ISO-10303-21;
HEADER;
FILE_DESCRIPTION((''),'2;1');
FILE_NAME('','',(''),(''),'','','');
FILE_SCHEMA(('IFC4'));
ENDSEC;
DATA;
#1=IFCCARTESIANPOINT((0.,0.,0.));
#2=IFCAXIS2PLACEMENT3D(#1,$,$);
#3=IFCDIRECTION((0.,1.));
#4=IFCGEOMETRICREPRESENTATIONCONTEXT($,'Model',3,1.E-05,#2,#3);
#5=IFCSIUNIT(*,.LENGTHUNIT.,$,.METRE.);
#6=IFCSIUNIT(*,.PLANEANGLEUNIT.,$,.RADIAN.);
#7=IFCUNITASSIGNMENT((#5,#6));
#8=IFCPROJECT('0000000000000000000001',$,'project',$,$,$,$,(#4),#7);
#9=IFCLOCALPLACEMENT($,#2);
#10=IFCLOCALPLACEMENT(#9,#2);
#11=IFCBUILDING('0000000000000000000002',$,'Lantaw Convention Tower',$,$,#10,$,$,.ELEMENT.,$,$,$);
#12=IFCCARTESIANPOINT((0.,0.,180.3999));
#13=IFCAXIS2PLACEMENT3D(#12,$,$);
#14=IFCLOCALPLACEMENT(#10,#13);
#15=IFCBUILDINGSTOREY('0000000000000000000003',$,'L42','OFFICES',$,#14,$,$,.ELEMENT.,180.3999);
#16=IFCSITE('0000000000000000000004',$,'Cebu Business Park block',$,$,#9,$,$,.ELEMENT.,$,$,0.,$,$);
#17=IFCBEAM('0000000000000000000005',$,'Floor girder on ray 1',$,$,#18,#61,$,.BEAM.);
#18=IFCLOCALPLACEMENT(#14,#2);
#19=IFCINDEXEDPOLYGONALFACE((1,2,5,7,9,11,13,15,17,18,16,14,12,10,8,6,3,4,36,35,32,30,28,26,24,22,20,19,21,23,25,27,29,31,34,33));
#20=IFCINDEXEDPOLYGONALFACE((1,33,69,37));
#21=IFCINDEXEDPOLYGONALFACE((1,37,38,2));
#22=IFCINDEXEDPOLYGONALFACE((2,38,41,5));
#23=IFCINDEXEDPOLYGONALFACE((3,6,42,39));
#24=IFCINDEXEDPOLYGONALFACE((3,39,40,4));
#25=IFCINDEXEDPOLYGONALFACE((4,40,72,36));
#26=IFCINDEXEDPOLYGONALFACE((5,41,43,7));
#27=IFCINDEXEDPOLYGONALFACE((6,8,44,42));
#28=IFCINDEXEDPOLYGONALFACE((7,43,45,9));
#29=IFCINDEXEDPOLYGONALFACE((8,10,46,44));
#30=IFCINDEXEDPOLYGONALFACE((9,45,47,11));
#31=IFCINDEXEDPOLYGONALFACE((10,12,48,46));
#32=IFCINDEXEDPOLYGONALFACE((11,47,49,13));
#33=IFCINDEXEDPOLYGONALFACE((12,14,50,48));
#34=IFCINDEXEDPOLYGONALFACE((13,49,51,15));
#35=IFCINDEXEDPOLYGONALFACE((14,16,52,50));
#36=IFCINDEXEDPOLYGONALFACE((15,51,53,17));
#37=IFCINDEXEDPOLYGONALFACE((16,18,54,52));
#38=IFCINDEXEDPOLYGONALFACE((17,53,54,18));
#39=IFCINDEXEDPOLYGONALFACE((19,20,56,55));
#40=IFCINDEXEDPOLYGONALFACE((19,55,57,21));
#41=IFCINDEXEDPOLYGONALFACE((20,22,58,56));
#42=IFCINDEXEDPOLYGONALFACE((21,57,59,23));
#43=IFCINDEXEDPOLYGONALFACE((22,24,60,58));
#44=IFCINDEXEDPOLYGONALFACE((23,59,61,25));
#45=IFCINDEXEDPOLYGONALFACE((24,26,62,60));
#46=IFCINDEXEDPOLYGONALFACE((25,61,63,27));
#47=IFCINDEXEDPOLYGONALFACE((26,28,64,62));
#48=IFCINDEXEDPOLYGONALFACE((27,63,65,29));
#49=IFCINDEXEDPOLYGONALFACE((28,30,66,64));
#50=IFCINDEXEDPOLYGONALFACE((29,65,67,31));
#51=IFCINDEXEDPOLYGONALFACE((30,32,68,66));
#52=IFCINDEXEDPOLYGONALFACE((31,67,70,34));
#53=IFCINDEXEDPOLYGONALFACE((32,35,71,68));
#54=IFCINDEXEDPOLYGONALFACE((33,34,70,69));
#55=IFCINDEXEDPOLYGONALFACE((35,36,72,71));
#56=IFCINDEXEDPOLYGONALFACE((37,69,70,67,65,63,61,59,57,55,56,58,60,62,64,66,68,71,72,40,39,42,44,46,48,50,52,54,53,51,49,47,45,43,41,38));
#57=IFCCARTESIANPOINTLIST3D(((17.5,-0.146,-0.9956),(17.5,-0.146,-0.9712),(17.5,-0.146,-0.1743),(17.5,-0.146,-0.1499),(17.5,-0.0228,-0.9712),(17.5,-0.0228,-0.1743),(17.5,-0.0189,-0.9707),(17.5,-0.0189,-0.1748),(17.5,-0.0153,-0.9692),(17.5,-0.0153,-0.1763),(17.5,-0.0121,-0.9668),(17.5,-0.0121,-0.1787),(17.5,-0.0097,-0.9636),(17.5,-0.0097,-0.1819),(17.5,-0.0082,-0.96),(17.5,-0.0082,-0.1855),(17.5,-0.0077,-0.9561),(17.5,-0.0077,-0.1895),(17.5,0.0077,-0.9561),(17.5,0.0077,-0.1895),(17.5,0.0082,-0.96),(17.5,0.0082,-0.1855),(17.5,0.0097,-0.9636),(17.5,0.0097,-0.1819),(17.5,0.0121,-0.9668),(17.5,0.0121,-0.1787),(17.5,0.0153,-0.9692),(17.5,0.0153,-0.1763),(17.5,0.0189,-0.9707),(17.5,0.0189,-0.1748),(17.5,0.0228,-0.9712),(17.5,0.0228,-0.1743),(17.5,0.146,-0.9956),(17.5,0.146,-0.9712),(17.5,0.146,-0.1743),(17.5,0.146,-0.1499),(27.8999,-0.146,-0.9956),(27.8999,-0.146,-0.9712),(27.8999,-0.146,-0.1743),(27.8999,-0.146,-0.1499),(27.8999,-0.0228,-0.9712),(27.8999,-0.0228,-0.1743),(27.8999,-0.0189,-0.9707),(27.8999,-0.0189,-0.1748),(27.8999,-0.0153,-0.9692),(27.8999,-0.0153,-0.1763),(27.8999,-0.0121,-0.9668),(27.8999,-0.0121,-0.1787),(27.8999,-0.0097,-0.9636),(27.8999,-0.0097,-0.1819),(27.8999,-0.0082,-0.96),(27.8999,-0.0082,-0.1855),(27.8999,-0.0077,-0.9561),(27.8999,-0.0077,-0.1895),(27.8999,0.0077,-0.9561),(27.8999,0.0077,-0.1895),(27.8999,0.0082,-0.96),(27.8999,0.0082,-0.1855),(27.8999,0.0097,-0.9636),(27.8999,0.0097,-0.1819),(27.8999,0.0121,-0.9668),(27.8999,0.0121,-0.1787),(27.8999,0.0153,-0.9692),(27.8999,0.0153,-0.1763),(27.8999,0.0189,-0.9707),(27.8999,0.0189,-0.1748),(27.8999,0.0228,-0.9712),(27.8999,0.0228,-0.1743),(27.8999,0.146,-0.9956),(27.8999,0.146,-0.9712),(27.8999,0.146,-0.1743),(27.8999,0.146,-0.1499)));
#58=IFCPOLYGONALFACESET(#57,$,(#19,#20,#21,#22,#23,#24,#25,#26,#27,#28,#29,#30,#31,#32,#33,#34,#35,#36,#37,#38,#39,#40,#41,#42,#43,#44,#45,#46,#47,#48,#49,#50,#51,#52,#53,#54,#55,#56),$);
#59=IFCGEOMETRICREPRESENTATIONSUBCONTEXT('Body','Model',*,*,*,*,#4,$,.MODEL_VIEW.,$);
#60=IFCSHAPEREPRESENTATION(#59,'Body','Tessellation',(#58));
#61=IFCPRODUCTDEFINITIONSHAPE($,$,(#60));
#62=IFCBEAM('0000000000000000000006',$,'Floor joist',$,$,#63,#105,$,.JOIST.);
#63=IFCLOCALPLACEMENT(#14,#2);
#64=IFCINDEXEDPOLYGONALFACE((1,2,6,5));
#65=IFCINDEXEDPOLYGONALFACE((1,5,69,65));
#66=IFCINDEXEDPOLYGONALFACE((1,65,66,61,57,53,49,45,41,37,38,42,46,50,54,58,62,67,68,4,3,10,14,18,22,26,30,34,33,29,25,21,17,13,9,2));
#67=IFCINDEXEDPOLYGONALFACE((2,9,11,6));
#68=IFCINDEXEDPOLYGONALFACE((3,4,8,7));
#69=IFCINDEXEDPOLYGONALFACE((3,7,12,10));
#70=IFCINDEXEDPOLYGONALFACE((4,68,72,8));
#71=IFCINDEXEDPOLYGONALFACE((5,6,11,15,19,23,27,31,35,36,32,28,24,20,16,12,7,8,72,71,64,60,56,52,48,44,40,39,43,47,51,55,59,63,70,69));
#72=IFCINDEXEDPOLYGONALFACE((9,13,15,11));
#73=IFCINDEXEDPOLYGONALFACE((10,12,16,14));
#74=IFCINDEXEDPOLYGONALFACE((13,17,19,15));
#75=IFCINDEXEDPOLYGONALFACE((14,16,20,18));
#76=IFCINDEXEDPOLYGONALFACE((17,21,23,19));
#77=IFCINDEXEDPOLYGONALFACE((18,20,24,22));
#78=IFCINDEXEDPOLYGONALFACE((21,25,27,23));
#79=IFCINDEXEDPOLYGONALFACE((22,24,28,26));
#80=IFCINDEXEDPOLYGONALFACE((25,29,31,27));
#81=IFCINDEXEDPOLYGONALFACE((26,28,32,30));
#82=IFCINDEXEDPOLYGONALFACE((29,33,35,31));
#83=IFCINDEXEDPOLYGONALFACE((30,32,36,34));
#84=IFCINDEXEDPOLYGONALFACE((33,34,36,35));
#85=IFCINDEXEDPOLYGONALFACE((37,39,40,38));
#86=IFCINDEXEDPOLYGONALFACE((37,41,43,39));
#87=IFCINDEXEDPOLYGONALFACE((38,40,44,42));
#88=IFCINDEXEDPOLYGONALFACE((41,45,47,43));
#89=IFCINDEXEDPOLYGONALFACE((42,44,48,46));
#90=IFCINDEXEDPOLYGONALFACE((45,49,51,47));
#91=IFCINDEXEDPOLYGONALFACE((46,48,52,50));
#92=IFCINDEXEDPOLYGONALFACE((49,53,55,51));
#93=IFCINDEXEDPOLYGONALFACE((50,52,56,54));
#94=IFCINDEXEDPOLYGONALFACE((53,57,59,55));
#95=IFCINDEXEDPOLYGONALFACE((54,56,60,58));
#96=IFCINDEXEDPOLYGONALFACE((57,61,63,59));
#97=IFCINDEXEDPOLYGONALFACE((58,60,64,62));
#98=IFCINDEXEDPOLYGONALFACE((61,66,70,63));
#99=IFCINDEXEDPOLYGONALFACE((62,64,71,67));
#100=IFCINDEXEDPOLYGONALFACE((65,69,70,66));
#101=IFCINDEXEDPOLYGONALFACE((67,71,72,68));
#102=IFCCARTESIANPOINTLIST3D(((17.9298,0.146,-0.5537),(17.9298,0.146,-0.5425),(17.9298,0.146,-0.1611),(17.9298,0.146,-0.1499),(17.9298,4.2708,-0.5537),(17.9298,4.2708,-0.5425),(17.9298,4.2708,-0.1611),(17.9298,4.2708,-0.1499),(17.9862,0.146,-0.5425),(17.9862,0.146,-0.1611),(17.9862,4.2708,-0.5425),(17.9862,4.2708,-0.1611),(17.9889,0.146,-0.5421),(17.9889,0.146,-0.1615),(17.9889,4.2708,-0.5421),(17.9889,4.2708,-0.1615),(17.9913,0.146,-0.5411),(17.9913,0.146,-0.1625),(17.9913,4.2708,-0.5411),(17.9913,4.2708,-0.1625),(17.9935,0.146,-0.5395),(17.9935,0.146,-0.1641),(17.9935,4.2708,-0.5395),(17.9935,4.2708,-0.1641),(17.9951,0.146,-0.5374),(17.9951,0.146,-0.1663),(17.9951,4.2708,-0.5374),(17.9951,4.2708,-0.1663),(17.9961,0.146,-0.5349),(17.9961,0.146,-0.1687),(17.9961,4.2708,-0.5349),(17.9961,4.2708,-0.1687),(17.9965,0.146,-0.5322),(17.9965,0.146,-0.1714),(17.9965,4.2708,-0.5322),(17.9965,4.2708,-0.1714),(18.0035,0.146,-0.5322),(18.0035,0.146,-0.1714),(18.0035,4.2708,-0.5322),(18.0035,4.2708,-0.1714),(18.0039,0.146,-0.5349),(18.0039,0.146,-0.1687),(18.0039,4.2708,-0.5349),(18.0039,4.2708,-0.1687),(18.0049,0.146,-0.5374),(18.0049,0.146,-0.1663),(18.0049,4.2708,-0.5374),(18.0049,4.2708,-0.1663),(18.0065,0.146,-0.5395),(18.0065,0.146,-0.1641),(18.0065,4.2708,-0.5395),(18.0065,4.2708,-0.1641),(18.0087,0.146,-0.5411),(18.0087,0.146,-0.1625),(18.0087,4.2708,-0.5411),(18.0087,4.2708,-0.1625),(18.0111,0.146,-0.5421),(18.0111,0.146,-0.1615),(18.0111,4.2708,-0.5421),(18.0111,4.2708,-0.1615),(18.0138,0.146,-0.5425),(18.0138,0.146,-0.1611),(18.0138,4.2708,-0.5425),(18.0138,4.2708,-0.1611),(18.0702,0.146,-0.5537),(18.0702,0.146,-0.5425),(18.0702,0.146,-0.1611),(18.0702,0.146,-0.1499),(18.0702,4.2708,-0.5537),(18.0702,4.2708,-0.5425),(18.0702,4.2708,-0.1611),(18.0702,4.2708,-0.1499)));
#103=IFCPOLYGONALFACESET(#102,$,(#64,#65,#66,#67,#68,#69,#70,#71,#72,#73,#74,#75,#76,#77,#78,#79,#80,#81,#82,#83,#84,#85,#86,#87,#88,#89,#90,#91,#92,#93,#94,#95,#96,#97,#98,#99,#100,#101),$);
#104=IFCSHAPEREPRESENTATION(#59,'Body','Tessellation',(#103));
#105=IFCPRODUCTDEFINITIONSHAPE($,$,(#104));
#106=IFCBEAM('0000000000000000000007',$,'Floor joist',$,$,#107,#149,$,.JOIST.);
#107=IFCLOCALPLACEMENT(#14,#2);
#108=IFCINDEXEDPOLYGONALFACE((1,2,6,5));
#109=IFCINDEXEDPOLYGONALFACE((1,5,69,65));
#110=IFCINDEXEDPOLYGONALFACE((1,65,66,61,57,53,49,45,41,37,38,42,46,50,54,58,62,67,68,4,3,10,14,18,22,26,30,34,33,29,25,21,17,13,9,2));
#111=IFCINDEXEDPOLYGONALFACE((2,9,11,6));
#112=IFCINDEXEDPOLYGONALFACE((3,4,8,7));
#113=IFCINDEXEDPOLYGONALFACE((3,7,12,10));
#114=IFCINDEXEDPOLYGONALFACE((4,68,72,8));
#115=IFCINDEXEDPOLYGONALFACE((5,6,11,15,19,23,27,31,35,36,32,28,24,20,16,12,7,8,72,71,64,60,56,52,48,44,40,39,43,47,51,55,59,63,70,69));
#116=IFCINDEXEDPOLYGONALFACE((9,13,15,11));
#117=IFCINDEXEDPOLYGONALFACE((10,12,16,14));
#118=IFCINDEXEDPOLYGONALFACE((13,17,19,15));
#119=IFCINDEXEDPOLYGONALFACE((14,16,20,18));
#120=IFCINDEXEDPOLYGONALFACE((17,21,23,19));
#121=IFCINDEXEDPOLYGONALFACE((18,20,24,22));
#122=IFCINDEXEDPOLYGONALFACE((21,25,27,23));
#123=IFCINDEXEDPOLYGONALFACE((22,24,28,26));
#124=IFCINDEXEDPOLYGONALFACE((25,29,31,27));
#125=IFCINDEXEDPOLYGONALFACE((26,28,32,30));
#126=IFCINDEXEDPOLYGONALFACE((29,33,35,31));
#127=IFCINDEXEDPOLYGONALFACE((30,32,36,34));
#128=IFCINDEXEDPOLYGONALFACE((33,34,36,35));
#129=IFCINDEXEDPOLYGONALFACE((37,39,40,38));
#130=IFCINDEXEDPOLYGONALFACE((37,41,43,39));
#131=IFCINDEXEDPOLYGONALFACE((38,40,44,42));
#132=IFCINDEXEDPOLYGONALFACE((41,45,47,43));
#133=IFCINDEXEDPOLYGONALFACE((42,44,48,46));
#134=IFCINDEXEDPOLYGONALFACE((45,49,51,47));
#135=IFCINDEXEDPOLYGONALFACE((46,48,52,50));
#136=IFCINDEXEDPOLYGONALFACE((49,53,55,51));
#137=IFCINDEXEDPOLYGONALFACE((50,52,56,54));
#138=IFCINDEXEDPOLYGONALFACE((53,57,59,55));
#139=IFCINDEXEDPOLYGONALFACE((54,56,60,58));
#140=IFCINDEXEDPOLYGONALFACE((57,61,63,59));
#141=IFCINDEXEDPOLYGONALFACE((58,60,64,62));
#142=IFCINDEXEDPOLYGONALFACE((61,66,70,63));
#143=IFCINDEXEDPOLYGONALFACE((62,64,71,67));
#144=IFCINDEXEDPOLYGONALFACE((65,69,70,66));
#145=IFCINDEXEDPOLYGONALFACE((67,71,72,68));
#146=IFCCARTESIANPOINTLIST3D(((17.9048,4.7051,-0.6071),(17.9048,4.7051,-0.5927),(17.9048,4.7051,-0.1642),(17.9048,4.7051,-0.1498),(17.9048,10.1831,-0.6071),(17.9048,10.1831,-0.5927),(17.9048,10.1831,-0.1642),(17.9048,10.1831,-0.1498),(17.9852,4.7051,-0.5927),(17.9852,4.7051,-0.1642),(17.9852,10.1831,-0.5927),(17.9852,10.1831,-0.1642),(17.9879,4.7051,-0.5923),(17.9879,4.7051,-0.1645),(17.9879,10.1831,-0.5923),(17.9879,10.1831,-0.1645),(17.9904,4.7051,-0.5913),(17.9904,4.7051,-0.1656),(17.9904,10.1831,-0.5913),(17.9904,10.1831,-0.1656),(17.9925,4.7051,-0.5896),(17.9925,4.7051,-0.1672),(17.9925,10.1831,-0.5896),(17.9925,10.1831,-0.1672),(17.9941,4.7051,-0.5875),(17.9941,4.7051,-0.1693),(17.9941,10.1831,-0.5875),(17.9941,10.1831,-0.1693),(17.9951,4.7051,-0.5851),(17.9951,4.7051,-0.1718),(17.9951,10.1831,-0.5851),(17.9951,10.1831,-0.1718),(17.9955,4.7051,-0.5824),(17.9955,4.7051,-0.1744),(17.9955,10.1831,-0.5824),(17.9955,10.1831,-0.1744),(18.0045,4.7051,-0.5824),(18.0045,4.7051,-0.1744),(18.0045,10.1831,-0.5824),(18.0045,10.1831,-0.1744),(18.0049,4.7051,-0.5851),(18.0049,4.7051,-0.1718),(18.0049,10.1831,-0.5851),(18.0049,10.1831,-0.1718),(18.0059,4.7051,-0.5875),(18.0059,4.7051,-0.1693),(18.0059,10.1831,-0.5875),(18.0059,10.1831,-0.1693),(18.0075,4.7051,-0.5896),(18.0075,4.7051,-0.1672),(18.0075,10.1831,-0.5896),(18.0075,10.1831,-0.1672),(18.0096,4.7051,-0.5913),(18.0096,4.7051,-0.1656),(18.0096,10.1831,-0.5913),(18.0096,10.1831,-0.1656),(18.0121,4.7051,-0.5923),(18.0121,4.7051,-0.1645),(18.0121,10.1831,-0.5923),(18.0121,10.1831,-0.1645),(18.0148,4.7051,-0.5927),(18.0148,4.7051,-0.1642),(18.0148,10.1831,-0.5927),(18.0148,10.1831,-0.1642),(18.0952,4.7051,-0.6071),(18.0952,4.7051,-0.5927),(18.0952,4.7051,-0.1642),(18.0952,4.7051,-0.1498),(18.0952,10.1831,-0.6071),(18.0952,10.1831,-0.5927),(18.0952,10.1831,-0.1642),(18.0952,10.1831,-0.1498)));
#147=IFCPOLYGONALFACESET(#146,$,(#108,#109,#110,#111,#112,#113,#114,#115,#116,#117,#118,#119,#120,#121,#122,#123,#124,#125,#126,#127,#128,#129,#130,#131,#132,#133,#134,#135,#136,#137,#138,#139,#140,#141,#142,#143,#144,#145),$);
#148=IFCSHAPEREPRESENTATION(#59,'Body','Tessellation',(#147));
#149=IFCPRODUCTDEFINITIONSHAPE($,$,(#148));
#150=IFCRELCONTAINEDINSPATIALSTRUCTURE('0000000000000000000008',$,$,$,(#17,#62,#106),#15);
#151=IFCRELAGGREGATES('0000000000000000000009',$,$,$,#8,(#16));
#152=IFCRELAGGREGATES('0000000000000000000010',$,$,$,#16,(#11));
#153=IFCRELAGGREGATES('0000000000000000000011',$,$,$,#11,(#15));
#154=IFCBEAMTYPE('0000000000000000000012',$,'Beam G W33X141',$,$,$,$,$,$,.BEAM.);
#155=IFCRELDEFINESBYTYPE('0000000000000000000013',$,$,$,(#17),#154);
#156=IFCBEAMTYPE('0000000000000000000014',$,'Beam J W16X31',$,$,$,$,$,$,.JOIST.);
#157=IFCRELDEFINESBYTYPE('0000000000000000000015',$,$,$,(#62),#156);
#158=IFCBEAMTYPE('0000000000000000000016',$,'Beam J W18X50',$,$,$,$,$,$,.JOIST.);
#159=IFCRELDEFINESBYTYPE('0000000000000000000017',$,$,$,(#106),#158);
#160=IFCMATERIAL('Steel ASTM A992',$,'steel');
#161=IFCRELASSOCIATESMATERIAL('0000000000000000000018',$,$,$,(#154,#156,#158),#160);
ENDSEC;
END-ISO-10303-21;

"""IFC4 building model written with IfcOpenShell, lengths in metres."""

from ifc_helpers import new_model, si_unit, direction, frame, origin, origin_2d, place, context, subcontext, project, spatial, i_section, extrude, material, material_profile, profile_set, type_object, element, save


model = new_model("IFC4")

# Units and contexts
model_context = context("Model", 3, precision=1e-05, world=origin(), true_north=direction((0.0, 1.0)))
body_context = subcontext(model_context, "Body", "Model", "MODEL_VIEW")
ifc_project = project(units=[si_unit("LENGTHUNIT", "METRE"), si_unit("PLANEANGLEUNIT", "RADIAN")], contexts=[model_context])

# Site, building, storey
site_placement = place(None, origin())
site = spatial("IfcSite", under=ifc_project, at=site_placement, Name="Cebu Business Park block", CompositionType="ELEMENT", RefElevation=0.0)
building_placement = place(site_placement, origin())
building = spatial("IfcBuilding", under=site, at=building_placement, Name="Lantaw Convention Tower", CompositionType="ELEMENT")
storey_placement = place(building_placement, frame((0.0, 0.0, 180.3999)))
storey = spatial("IfcBuildingStorey", under=building, at=storey_placement, Name="L42", Description="OFFICES", CompositionType="ELEMENT", Elevation=180.3999)

# Beams
ifc_material_1 = material(Name="Steel ASTM A992", Category="steel")
ifc_material_profile_1 = material_profile(ifc_material_1, i_section(OverallWidth=0.292, OverallDepth=0.8457, WebThickness=0.0154, FlangeThickness=0.0244, FilletRadius=0.0151, at=origin_2d()), Name="W33X141")
ifc_profile_set_1 = profile_set([ifc_material_profile_1], Name="Steel ASTM A992")
beam_type_1 = type_object("IfcBeamType", Name="Beam G W33X141", PredefinedType="BEAM", material=ifc_profile_set_1)
beam_1_placement = place(storey_placement, frame((17.5, 0.0, -0.5728), z_axis=(1.0, 0.0, 0.0), x_axis=(0.0, 1.0, 0.0)))
element("IfcBeam", 1, at=beam_1_placement, inside=storey, type_object=beam_type_1, Name="Floor girder on ray 1", PredefinedType="BEAM", context=body_context, shape_type="SweptSolid", body=[
    extrude(i_section(OverallWidth=0.292, OverallDepth=0.8457, WebThickness=0.0154, FlangeThickness=0.0244, FilletRadius=0.0151, at=origin_2d()), origin(), (0.0, 0.0, 1.0), 10.3999),
])
ifc_material_profile_2 = material_profile(ifc_material_1, i_section(OverallWidth=0.1404, OverallDepth=0.4038, WebThickness=0.0071, FlangeThickness=0.0112, FilletRadius=0.0103, at=origin_2d()), Name="W16X31")
ifc_profile_set_2 = profile_set([ifc_material_profile_2], Name="Steel ASTM A992")
beam_type_2 = type_object("IfcBeamType", Name="Beam J W16X31", PredefinedType="JOIST", material=ifc_profile_set_2)
beam_2_placement = place(storey_placement, frame((18.0, 0.146, -0.3518), z_axis=(0.0, 1.0, 0.0), x_axis=(-1.0, 0.0, 0.0)))
element("IfcBeam", 2, at=beam_2_placement, inside=storey, type_object=beam_type_2, Name="Floor joist", PredefinedType="JOIST", context=body_context, shape_type="SweptSolid", body=[
    extrude(i_section(OverallWidth=0.1404, OverallDepth=0.4038, WebThickness=0.0071, FlangeThickness=0.0112, FilletRadius=0.0103, at=origin_2d()), origin(), (0.0, 0.0, 1.0), 4.1248),
])
ifc_material_profile_3 = material_profile(ifc_material_1, i_section(OverallWidth=0.1904, OverallDepth=0.4573, WebThickness=0.009, FlangeThickness=0.0144, FilletRadius=0.0103, at=origin_2d()), Name="W18X50")
ifc_profile_set_3 = profile_set([ifc_material_profile_3], Name="Steel ASTM A992")
beam_type_3 = type_object("IfcBeamType", Name="Beam J W18X50", PredefinedType="JOIST", material=ifc_profile_set_3)
beam_3_placement = place(storey_placement, frame((18.0, 4.7051, -0.3784), z_axis=(0.0, 1.0, 0.0), x_axis=(-1.0, 0.0, 0.0)))
element("IfcBeam", 3, at=beam_3_placement, inside=storey, type_object=beam_type_3, Name="Floor joist", PredefinedType="JOIST", context=body_context, shape_type="SweptSolid", body=[
    extrude(i_section(OverallWidth=0.1904, OverallDepth=0.4573, WebThickness=0.009, FlangeThickness=0.0144, FilletRadius=0.0103, at=origin_2d()), origin(), (0.0, 0.0, 1.0), 5.478),
])

save(model, "model.ifc")
